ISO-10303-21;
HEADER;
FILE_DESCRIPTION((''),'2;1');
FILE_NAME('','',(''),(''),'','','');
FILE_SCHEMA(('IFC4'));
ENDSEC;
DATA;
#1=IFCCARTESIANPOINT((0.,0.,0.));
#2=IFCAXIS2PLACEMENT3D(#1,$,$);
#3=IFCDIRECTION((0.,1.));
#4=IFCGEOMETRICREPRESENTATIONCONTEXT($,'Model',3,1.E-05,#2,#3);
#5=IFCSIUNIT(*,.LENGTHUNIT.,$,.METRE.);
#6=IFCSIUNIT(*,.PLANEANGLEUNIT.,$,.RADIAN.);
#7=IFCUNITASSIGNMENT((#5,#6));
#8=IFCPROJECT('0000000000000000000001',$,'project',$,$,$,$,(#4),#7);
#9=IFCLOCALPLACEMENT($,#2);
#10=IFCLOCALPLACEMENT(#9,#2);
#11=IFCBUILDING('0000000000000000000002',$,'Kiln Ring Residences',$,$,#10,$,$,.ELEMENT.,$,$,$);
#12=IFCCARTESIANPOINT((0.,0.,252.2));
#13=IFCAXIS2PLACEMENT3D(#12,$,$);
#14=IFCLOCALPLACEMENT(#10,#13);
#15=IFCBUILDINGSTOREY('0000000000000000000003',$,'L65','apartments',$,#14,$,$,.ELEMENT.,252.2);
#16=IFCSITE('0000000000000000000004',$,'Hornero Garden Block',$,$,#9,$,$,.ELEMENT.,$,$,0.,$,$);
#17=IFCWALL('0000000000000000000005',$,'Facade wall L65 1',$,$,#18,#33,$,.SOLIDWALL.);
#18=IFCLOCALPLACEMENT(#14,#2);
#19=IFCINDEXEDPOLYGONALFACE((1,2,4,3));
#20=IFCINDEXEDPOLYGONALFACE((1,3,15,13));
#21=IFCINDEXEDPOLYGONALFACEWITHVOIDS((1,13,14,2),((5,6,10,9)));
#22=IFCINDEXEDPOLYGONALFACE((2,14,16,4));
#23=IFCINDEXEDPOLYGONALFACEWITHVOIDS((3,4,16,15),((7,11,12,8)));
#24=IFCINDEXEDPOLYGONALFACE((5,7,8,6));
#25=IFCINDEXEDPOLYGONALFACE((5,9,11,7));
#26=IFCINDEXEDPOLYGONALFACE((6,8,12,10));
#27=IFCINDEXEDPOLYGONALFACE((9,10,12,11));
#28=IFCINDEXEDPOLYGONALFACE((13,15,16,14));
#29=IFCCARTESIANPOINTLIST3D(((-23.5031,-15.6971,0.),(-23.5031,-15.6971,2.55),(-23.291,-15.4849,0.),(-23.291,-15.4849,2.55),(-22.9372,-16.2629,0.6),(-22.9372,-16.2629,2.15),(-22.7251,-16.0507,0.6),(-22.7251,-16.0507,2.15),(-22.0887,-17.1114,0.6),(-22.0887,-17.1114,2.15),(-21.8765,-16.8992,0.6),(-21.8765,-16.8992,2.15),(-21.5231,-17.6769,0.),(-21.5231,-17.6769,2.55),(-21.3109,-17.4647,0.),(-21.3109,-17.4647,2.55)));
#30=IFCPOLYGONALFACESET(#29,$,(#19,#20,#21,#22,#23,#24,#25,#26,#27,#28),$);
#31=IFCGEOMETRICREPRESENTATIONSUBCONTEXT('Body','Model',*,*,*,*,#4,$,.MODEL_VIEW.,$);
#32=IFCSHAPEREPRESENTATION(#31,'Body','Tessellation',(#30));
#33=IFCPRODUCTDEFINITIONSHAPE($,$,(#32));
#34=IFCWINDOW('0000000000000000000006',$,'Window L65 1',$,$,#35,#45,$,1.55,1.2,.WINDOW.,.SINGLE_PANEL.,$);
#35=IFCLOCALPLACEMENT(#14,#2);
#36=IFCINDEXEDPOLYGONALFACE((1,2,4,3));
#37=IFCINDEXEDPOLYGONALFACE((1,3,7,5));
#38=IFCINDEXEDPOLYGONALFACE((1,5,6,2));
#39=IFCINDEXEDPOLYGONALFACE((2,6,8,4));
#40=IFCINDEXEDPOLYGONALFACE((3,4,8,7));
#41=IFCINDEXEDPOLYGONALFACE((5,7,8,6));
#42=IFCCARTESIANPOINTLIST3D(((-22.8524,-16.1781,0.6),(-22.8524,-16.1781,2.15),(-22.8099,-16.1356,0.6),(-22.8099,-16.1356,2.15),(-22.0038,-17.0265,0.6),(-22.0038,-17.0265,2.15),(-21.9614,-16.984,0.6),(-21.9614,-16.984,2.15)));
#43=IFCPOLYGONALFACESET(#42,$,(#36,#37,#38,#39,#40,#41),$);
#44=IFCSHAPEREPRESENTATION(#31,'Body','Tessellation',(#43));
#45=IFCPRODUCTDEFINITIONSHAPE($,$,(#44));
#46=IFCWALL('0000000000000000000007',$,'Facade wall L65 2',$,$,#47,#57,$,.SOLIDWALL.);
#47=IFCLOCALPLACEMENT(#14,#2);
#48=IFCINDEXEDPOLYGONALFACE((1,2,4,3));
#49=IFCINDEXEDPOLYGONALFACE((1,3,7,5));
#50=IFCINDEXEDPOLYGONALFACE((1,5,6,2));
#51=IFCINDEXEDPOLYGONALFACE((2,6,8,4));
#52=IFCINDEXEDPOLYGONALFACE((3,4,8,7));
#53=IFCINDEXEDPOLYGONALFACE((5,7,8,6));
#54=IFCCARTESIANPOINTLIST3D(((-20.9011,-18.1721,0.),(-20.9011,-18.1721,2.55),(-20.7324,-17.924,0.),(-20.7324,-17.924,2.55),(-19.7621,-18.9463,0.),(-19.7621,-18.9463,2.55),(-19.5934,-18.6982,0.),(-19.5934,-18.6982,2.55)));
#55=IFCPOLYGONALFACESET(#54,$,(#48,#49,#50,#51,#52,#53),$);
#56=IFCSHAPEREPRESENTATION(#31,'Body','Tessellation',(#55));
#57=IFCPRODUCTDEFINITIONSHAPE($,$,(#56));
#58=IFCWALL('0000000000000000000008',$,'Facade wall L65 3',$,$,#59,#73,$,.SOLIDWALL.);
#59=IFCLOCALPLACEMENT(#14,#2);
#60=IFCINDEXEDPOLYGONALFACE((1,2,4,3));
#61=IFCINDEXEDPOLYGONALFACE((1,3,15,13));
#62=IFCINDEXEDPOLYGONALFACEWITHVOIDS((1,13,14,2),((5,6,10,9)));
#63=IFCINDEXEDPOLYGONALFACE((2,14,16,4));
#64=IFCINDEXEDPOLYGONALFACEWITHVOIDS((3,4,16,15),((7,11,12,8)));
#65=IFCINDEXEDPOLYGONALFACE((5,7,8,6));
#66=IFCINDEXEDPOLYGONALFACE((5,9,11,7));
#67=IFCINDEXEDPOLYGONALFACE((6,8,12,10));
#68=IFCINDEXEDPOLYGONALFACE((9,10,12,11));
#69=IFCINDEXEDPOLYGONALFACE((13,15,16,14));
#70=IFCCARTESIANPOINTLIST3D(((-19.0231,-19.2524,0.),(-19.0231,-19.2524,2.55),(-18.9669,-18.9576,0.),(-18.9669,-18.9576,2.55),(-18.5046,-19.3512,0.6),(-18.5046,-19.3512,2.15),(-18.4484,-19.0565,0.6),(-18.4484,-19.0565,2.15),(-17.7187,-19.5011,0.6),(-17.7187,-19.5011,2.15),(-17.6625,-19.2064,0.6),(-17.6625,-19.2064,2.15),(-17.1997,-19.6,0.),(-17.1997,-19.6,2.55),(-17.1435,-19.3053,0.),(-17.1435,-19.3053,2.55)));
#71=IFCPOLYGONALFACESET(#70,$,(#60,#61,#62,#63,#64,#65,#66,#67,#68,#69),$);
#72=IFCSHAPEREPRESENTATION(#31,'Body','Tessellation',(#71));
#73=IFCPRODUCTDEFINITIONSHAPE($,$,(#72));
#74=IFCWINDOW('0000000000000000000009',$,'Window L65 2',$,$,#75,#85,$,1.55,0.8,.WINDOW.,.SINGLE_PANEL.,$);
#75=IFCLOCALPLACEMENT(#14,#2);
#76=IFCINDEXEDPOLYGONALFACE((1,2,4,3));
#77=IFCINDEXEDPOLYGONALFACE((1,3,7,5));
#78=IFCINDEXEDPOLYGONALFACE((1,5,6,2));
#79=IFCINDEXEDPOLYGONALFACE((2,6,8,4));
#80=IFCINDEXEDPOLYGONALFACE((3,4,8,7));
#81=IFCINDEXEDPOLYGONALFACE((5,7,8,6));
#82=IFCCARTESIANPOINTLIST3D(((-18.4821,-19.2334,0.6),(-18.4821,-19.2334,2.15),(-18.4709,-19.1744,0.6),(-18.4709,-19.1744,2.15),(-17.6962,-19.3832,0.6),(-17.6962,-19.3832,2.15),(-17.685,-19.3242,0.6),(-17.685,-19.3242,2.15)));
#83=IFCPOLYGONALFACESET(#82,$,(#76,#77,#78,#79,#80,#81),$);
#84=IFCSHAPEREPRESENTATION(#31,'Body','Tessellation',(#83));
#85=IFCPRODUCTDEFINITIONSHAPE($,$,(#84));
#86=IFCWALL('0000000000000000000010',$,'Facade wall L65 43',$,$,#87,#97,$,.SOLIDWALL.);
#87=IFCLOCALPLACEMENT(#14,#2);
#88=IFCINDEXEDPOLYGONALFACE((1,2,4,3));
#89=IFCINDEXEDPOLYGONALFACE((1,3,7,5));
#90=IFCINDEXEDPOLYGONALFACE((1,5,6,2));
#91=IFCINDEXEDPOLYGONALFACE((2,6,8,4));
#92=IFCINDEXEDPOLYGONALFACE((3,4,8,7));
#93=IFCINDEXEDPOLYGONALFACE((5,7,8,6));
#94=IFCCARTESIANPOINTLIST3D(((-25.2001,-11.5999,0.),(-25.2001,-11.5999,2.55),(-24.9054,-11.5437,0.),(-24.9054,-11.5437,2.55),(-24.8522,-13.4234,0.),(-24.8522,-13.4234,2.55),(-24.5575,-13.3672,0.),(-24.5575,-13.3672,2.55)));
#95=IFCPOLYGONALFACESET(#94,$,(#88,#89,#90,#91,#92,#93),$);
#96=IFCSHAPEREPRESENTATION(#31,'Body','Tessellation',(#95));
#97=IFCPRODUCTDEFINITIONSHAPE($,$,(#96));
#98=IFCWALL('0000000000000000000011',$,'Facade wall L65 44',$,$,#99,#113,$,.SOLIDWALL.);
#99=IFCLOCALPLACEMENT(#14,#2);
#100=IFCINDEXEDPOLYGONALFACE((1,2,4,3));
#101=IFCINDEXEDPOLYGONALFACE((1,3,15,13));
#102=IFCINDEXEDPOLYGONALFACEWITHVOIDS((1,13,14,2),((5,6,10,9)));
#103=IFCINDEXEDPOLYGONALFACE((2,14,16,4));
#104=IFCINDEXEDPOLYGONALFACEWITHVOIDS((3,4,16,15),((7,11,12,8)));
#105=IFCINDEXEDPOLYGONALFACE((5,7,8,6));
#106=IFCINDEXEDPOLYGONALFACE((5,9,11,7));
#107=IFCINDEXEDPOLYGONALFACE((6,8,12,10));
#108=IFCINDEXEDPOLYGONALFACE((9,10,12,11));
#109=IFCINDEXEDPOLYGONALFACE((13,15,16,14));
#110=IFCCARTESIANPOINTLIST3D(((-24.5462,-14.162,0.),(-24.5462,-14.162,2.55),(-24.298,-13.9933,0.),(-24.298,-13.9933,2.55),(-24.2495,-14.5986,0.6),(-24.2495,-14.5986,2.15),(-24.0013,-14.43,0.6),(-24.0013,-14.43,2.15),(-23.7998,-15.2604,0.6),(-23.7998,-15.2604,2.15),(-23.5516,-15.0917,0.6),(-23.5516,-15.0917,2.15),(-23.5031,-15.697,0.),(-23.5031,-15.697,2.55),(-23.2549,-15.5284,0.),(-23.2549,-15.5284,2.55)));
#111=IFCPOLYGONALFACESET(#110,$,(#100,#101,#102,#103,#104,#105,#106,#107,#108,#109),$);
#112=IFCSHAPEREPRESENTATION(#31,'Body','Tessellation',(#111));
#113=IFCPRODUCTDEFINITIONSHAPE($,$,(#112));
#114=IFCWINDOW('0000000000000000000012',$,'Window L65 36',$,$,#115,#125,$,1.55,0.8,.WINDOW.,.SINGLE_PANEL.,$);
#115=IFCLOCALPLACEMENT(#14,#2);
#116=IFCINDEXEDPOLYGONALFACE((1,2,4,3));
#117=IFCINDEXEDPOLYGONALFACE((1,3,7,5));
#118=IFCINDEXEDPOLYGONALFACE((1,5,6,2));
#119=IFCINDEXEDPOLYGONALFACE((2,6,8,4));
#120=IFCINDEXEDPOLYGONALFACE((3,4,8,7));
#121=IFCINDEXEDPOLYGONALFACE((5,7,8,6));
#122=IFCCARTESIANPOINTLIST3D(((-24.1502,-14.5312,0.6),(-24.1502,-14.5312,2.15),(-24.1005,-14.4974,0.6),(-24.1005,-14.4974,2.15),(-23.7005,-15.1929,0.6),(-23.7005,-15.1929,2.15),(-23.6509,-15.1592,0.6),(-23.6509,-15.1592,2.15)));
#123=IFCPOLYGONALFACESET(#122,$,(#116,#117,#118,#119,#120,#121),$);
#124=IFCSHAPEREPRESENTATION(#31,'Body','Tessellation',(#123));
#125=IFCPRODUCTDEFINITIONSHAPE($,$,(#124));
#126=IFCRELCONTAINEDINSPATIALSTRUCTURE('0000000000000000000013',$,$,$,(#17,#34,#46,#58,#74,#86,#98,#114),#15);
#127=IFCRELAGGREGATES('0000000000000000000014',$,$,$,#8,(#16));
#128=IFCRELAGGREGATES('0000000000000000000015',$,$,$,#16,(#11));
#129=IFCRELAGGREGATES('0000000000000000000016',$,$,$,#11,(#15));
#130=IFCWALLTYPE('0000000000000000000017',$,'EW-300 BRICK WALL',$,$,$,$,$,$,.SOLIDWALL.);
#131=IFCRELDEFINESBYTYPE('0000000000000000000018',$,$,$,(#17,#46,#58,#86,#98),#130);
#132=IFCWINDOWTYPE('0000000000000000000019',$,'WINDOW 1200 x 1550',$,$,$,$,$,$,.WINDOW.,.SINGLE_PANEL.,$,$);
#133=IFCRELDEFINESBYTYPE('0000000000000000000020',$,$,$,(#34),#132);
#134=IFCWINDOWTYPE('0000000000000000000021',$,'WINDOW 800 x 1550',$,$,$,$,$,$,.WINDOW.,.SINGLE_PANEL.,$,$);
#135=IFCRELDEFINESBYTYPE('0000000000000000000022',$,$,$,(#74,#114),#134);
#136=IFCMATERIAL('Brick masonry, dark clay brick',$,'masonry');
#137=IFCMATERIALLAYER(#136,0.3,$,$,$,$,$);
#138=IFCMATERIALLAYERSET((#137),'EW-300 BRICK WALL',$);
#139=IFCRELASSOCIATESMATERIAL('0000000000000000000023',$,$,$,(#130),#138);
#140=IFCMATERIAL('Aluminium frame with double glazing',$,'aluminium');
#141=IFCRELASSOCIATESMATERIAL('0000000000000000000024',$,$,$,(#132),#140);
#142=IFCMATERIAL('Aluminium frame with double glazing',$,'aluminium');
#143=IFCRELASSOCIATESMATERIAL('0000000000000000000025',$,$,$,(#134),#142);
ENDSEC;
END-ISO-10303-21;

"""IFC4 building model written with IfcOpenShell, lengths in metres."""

from ifc_helpers import new_model, si_unit, direction, frame, frame_2d, origin, place, context, subcontext, project, spatial, rectangle, extrude, material, layer, layer_set, type_object, element, fill, save


model = new_model("IFC4")

# Units and contexts
model_context = context("Model", 3, precision=1e-05, world=origin(), true_north=direction((0.0, 1.0)))
body_context = subcontext(model_context, "Body", "Model", "MODEL_VIEW")
ifc_project = project(units=[si_unit("LENGTHUNIT", "METRE"), si_unit("PLANEANGLEUNIT", "RADIAN")], contexts=[model_context])

# Site, building, storey
site_placement = place(None, origin())
site = spatial("IfcSite", under=ifc_project, at=site_placement, Name="Hornero Garden Block", CompositionType="ELEMENT", RefElevation=0.0)
building_placement = place(site_placement, origin())
building = spatial("IfcBuilding", under=site, at=building_placement, Name="Kiln Ring Residences", CompositionType="ELEMENT")
storey_placement = place(building_placement, frame((0.0, 0.0, 252.2)))
storey = spatial("IfcBuildingStorey", under=building, at=storey_placement, Name="L65", Description="apartments", CompositionType="ELEMENT", Elevation=252.2)

# Wall, opening, window
ifc_material_1 = material(Name="Brick masonry, dark clay brick", Category="masonry")
ifc_layer_1 = layer(ifc_material_1, 0.3)
ifc_layer_set_1 = layer_set([ifc_layer_1], Name="EW-300 BRICK WALL")
wall_type_1 = type_object("IfcWallType", Name="EW-300 BRICK WALL", PredefinedType="SOLIDWALL", material=ifc_layer_set_1)
wall_1_placement = place(storey_placement, frame((-23.397, -15.5911, 0.0), z_axis=(0.0, 0.0, 1.0), x_axis=(0.70715, -0.707063, 0.0)))
wall_1 = element("IfcWall", 1, at=wall_1_placement, inside=storey, type_object=wall_type_1, Name="Facade wall L65 1", PredefinedType="SOLIDWALL", context=body_context, shape_type="SweptSolid", body=[
    extrude(rectangle(XDim=2.8, YDim=0.3, at=frame_2d((1.3999, 0.0))), origin(), (0.0, 0.0, 1.0), 2.55),
])
opening_1_placement = place(wall_1_placement, frame((0.8, 0.0, 0.6001)))
opening_1 = element("IfcOpeningElement", 2, at=opening_1_placement, cuts=wall_1, PredefinedType="OPENING", context=body_context, shape_type="SweptSolid", body=[
    extrude(rectangle(XDim=1.2, YDim=1.55, at=frame_2d((0.6001, 0.7749))), frame((0.0, 0.1599, 0.0), z_axis=(0.0, -1.0, 0.0), x_axis=(1.0, 0.0, 0.0)), (0.0, 0.0, 1.0), 0.3201),
])
ifc_material_2 = material(Name="Aluminium frame with double glazing", Category="aluminium")
window_type_1 = type_object("IfcWindowType", Name="WINDOW 1200 x 1550", PartitioningType="SINGLE_PANEL", PredefinedType="WINDOW", material=ifc_material_2)
window_1_placement = place(opening_1_placement, origin())
window_1 = element("IfcWindow", 3, at=window_1_placement, inside=storey, type_object=window_type_1, Name="Window L65 1", OverallHeight=1.55, OverallWidth=1.2, PartitioningType="SINGLE_PANEL", PredefinedType="WINDOW", context=body_context, shape_type="SweptSolid", body=[
    extrude(rectangle(XDim=1.2, YDim=1.55, at=frame_2d((0.6001, 0.7749))), frame((0.0, 0.03, 0.0), z_axis=(0.0, -1.0, 0.0), x_axis=(1.0, 0.0, 0.0)), (0.0, 0.0, 1.0), 0.0601),
])
fill(opening_1, window_1)

# Wall
wall_2_placement = place(storey_placement, frame((-20.8167, -18.0481, 0.0), z_axis=(0.0, 0.0, 1.0), x_axis=(0.827025, -0.562165, 0.0)))
element("IfcWall", 4, at=wall_2_placement, inside=storey, type_object=wall_type_1, Name="Facade wall L65 2", PredefinedType="SOLIDWALL", context=body_context, shape_type="SweptSolid", body=[
    extrude(rectangle(XDim=1.3772, YDim=0.3, at=frame_2d((0.6885, 0.0))), origin(), (0.0, 0.0, 1.0), 2.55),
])

# Wall, opening, window
wall_3_placement = place(storey_placement, frame((-18.9951, -19.105, 0.0), z_axis=(0.0, 0.0, 1.0), x_axis=(0.982302, -0.187306, 0.0)))
wall_3 = element("IfcWall", 5, at=wall_3_placement, inside=storey, type_object=wall_type_1, Name="Facade wall L65 3", PredefinedType="SOLIDWALL", context=body_context, shape_type="SweptSolid", body=[
    extrude(rectangle(XDim=1.8562, YDim=0.3, at=frame_2d((0.9282, 0.0))), origin(), (0.0, 0.0, 1.0), 2.55),
])
opening_2_placement = place(wall_3_placement, frame((0.5281, 0.0, 0.6001)))
opening_2 = element("IfcOpeningElement", 6, at=opening_2_placement, cuts=wall_3, PredefinedType="OPENING", context=body_context, shape_type="SweptSolid", body=[
    extrude(rectangle(XDim=0.8, YDim=1.55, at=frame_2d((0.3999, 0.7749))), frame((0.0, 0.1599, 0.0), z_axis=(0.0, -1.0, 0.0), x_axis=(1.0, 0.0, 0.0)), (0.0, 0.0, 1.0), 0.3201),
])
ifc_material_3 = material(Name="Aluminium frame with double glazing", Category="aluminium")
window_type_2 = type_object("IfcWindowType", Name="WINDOW 800 x 1550", PartitioningType="SINGLE_PANEL", PredefinedType="WINDOW", material=ifc_material_3)
window_2_placement = place(opening_2_placement, origin())
window_2 = element("IfcWindow", 7, at=window_2_placement, inside=storey, type_object=window_type_2, Name="Window L65 2", OverallHeight=1.55, OverallWidth=0.8, PartitioningType="SINGLE_PANEL", PredefinedType="WINDOW", context=body_context, shape_type="SweptSolid", body=[
    extrude(rectangle(XDim=0.8, YDim=1.55, at=frame_2d((0.3999, 0.7749))), frame((0.0, 0.03, 0.0), z_axis=(0.0, -1.0, 0.0), x_axis=(1.0, 0.0, 0.0)), (0.0, 0.0, 1.0), 0.0601),
])
fill(opening_2, window_2)

# Wall
wall_4_placement = place(storey_placement, frame((-25.0527, -11.5718, 0.0), z_axis=(0.0, 0.0, 1.0), x_axis=(0.187408, -0.982282, 0.0)))
element("IfcWall", 8, at=wall_4_placement, inside=storey, type_object=wall_type_1, Name="Facade wall L65 43", PredefinedType="SOLIDWALL", context=body_context, shape_type="SweptSolid", body=[
    extrude(rectangle(XDim=1.8564, YDim=0.3, at=frame_2d((0.9282, 0.0))), origin(), (0.0, 0.0, 1.0), 2.55),
])

# Wall, opening, window
wall_5_placement = place(storey_placement, frame((-24.4221, -14.0776, 0.0), z_axis=(0.0, 0.0, 1.0), x_axis=(0.562055, -0.8271, 0.0)))
wall_5 = element("IfcWall", 9, at=wall_5_placement, inside=storey, type_object=wall_type_1, Name="Facade wall L65 44", PredefinedType="SOLIDWALL", context=body_context, shape_type="SweptSolid", body=[
    extrude(rectangle(XDim=1.856, YDim=0.3, at=frame_2d((0.928, 0.0))), origin(), (0.0, 0.0, 1.0), 2.55),
])
opening_3_placement = place(wall_5_placement, frame((0.5281, 0.0, 0.6001)))
opening_3 = element("IfcOpeningElement", 10, at=opening_3_placement, cuts=wall_5, PredefinedType="OPENING", context=body_context, shape_type="SweptSolid", body=[
    extrude(rectangle(XDim=0.8, YDim=1.55, at=frame_2d((0.3999, 0.7749))), frame((0.0, 0.1599, 0.0), z_axis=(0.0, -1.0, 0.0), x_axis=(1.0, 0.0, 0.0)), (0.0, 0.0, 1.0), 0.3201),
])
window_3_placement = place(opening_3_placement, origin())
window_3 = element("IfcWindow", 11, at=window_3_placement, inside=storey, type_object=window_type_2, Name="Window L65 36", OverallHeight=1.55, OverallWidth=0.8, PartitioningType="SINGLE_PANEL", PredefinedType="WINDOW", context=body_context, shape_type="SweptSolid", body=[
    extrude(rectangle(XDim=0.8, YDim=1.55, at=frame_2d((0.3999, 0.7749))), frame((0.0, 0.03, 0.0), z_axis=(0.0, -1.0, 0.0), x_axis=(1.0, 0.0, 0.0)), (0.0, 0.0, 1.0), 0.0601),
])
fill(opening_3, window_3)

save(model, "model.ifc")
